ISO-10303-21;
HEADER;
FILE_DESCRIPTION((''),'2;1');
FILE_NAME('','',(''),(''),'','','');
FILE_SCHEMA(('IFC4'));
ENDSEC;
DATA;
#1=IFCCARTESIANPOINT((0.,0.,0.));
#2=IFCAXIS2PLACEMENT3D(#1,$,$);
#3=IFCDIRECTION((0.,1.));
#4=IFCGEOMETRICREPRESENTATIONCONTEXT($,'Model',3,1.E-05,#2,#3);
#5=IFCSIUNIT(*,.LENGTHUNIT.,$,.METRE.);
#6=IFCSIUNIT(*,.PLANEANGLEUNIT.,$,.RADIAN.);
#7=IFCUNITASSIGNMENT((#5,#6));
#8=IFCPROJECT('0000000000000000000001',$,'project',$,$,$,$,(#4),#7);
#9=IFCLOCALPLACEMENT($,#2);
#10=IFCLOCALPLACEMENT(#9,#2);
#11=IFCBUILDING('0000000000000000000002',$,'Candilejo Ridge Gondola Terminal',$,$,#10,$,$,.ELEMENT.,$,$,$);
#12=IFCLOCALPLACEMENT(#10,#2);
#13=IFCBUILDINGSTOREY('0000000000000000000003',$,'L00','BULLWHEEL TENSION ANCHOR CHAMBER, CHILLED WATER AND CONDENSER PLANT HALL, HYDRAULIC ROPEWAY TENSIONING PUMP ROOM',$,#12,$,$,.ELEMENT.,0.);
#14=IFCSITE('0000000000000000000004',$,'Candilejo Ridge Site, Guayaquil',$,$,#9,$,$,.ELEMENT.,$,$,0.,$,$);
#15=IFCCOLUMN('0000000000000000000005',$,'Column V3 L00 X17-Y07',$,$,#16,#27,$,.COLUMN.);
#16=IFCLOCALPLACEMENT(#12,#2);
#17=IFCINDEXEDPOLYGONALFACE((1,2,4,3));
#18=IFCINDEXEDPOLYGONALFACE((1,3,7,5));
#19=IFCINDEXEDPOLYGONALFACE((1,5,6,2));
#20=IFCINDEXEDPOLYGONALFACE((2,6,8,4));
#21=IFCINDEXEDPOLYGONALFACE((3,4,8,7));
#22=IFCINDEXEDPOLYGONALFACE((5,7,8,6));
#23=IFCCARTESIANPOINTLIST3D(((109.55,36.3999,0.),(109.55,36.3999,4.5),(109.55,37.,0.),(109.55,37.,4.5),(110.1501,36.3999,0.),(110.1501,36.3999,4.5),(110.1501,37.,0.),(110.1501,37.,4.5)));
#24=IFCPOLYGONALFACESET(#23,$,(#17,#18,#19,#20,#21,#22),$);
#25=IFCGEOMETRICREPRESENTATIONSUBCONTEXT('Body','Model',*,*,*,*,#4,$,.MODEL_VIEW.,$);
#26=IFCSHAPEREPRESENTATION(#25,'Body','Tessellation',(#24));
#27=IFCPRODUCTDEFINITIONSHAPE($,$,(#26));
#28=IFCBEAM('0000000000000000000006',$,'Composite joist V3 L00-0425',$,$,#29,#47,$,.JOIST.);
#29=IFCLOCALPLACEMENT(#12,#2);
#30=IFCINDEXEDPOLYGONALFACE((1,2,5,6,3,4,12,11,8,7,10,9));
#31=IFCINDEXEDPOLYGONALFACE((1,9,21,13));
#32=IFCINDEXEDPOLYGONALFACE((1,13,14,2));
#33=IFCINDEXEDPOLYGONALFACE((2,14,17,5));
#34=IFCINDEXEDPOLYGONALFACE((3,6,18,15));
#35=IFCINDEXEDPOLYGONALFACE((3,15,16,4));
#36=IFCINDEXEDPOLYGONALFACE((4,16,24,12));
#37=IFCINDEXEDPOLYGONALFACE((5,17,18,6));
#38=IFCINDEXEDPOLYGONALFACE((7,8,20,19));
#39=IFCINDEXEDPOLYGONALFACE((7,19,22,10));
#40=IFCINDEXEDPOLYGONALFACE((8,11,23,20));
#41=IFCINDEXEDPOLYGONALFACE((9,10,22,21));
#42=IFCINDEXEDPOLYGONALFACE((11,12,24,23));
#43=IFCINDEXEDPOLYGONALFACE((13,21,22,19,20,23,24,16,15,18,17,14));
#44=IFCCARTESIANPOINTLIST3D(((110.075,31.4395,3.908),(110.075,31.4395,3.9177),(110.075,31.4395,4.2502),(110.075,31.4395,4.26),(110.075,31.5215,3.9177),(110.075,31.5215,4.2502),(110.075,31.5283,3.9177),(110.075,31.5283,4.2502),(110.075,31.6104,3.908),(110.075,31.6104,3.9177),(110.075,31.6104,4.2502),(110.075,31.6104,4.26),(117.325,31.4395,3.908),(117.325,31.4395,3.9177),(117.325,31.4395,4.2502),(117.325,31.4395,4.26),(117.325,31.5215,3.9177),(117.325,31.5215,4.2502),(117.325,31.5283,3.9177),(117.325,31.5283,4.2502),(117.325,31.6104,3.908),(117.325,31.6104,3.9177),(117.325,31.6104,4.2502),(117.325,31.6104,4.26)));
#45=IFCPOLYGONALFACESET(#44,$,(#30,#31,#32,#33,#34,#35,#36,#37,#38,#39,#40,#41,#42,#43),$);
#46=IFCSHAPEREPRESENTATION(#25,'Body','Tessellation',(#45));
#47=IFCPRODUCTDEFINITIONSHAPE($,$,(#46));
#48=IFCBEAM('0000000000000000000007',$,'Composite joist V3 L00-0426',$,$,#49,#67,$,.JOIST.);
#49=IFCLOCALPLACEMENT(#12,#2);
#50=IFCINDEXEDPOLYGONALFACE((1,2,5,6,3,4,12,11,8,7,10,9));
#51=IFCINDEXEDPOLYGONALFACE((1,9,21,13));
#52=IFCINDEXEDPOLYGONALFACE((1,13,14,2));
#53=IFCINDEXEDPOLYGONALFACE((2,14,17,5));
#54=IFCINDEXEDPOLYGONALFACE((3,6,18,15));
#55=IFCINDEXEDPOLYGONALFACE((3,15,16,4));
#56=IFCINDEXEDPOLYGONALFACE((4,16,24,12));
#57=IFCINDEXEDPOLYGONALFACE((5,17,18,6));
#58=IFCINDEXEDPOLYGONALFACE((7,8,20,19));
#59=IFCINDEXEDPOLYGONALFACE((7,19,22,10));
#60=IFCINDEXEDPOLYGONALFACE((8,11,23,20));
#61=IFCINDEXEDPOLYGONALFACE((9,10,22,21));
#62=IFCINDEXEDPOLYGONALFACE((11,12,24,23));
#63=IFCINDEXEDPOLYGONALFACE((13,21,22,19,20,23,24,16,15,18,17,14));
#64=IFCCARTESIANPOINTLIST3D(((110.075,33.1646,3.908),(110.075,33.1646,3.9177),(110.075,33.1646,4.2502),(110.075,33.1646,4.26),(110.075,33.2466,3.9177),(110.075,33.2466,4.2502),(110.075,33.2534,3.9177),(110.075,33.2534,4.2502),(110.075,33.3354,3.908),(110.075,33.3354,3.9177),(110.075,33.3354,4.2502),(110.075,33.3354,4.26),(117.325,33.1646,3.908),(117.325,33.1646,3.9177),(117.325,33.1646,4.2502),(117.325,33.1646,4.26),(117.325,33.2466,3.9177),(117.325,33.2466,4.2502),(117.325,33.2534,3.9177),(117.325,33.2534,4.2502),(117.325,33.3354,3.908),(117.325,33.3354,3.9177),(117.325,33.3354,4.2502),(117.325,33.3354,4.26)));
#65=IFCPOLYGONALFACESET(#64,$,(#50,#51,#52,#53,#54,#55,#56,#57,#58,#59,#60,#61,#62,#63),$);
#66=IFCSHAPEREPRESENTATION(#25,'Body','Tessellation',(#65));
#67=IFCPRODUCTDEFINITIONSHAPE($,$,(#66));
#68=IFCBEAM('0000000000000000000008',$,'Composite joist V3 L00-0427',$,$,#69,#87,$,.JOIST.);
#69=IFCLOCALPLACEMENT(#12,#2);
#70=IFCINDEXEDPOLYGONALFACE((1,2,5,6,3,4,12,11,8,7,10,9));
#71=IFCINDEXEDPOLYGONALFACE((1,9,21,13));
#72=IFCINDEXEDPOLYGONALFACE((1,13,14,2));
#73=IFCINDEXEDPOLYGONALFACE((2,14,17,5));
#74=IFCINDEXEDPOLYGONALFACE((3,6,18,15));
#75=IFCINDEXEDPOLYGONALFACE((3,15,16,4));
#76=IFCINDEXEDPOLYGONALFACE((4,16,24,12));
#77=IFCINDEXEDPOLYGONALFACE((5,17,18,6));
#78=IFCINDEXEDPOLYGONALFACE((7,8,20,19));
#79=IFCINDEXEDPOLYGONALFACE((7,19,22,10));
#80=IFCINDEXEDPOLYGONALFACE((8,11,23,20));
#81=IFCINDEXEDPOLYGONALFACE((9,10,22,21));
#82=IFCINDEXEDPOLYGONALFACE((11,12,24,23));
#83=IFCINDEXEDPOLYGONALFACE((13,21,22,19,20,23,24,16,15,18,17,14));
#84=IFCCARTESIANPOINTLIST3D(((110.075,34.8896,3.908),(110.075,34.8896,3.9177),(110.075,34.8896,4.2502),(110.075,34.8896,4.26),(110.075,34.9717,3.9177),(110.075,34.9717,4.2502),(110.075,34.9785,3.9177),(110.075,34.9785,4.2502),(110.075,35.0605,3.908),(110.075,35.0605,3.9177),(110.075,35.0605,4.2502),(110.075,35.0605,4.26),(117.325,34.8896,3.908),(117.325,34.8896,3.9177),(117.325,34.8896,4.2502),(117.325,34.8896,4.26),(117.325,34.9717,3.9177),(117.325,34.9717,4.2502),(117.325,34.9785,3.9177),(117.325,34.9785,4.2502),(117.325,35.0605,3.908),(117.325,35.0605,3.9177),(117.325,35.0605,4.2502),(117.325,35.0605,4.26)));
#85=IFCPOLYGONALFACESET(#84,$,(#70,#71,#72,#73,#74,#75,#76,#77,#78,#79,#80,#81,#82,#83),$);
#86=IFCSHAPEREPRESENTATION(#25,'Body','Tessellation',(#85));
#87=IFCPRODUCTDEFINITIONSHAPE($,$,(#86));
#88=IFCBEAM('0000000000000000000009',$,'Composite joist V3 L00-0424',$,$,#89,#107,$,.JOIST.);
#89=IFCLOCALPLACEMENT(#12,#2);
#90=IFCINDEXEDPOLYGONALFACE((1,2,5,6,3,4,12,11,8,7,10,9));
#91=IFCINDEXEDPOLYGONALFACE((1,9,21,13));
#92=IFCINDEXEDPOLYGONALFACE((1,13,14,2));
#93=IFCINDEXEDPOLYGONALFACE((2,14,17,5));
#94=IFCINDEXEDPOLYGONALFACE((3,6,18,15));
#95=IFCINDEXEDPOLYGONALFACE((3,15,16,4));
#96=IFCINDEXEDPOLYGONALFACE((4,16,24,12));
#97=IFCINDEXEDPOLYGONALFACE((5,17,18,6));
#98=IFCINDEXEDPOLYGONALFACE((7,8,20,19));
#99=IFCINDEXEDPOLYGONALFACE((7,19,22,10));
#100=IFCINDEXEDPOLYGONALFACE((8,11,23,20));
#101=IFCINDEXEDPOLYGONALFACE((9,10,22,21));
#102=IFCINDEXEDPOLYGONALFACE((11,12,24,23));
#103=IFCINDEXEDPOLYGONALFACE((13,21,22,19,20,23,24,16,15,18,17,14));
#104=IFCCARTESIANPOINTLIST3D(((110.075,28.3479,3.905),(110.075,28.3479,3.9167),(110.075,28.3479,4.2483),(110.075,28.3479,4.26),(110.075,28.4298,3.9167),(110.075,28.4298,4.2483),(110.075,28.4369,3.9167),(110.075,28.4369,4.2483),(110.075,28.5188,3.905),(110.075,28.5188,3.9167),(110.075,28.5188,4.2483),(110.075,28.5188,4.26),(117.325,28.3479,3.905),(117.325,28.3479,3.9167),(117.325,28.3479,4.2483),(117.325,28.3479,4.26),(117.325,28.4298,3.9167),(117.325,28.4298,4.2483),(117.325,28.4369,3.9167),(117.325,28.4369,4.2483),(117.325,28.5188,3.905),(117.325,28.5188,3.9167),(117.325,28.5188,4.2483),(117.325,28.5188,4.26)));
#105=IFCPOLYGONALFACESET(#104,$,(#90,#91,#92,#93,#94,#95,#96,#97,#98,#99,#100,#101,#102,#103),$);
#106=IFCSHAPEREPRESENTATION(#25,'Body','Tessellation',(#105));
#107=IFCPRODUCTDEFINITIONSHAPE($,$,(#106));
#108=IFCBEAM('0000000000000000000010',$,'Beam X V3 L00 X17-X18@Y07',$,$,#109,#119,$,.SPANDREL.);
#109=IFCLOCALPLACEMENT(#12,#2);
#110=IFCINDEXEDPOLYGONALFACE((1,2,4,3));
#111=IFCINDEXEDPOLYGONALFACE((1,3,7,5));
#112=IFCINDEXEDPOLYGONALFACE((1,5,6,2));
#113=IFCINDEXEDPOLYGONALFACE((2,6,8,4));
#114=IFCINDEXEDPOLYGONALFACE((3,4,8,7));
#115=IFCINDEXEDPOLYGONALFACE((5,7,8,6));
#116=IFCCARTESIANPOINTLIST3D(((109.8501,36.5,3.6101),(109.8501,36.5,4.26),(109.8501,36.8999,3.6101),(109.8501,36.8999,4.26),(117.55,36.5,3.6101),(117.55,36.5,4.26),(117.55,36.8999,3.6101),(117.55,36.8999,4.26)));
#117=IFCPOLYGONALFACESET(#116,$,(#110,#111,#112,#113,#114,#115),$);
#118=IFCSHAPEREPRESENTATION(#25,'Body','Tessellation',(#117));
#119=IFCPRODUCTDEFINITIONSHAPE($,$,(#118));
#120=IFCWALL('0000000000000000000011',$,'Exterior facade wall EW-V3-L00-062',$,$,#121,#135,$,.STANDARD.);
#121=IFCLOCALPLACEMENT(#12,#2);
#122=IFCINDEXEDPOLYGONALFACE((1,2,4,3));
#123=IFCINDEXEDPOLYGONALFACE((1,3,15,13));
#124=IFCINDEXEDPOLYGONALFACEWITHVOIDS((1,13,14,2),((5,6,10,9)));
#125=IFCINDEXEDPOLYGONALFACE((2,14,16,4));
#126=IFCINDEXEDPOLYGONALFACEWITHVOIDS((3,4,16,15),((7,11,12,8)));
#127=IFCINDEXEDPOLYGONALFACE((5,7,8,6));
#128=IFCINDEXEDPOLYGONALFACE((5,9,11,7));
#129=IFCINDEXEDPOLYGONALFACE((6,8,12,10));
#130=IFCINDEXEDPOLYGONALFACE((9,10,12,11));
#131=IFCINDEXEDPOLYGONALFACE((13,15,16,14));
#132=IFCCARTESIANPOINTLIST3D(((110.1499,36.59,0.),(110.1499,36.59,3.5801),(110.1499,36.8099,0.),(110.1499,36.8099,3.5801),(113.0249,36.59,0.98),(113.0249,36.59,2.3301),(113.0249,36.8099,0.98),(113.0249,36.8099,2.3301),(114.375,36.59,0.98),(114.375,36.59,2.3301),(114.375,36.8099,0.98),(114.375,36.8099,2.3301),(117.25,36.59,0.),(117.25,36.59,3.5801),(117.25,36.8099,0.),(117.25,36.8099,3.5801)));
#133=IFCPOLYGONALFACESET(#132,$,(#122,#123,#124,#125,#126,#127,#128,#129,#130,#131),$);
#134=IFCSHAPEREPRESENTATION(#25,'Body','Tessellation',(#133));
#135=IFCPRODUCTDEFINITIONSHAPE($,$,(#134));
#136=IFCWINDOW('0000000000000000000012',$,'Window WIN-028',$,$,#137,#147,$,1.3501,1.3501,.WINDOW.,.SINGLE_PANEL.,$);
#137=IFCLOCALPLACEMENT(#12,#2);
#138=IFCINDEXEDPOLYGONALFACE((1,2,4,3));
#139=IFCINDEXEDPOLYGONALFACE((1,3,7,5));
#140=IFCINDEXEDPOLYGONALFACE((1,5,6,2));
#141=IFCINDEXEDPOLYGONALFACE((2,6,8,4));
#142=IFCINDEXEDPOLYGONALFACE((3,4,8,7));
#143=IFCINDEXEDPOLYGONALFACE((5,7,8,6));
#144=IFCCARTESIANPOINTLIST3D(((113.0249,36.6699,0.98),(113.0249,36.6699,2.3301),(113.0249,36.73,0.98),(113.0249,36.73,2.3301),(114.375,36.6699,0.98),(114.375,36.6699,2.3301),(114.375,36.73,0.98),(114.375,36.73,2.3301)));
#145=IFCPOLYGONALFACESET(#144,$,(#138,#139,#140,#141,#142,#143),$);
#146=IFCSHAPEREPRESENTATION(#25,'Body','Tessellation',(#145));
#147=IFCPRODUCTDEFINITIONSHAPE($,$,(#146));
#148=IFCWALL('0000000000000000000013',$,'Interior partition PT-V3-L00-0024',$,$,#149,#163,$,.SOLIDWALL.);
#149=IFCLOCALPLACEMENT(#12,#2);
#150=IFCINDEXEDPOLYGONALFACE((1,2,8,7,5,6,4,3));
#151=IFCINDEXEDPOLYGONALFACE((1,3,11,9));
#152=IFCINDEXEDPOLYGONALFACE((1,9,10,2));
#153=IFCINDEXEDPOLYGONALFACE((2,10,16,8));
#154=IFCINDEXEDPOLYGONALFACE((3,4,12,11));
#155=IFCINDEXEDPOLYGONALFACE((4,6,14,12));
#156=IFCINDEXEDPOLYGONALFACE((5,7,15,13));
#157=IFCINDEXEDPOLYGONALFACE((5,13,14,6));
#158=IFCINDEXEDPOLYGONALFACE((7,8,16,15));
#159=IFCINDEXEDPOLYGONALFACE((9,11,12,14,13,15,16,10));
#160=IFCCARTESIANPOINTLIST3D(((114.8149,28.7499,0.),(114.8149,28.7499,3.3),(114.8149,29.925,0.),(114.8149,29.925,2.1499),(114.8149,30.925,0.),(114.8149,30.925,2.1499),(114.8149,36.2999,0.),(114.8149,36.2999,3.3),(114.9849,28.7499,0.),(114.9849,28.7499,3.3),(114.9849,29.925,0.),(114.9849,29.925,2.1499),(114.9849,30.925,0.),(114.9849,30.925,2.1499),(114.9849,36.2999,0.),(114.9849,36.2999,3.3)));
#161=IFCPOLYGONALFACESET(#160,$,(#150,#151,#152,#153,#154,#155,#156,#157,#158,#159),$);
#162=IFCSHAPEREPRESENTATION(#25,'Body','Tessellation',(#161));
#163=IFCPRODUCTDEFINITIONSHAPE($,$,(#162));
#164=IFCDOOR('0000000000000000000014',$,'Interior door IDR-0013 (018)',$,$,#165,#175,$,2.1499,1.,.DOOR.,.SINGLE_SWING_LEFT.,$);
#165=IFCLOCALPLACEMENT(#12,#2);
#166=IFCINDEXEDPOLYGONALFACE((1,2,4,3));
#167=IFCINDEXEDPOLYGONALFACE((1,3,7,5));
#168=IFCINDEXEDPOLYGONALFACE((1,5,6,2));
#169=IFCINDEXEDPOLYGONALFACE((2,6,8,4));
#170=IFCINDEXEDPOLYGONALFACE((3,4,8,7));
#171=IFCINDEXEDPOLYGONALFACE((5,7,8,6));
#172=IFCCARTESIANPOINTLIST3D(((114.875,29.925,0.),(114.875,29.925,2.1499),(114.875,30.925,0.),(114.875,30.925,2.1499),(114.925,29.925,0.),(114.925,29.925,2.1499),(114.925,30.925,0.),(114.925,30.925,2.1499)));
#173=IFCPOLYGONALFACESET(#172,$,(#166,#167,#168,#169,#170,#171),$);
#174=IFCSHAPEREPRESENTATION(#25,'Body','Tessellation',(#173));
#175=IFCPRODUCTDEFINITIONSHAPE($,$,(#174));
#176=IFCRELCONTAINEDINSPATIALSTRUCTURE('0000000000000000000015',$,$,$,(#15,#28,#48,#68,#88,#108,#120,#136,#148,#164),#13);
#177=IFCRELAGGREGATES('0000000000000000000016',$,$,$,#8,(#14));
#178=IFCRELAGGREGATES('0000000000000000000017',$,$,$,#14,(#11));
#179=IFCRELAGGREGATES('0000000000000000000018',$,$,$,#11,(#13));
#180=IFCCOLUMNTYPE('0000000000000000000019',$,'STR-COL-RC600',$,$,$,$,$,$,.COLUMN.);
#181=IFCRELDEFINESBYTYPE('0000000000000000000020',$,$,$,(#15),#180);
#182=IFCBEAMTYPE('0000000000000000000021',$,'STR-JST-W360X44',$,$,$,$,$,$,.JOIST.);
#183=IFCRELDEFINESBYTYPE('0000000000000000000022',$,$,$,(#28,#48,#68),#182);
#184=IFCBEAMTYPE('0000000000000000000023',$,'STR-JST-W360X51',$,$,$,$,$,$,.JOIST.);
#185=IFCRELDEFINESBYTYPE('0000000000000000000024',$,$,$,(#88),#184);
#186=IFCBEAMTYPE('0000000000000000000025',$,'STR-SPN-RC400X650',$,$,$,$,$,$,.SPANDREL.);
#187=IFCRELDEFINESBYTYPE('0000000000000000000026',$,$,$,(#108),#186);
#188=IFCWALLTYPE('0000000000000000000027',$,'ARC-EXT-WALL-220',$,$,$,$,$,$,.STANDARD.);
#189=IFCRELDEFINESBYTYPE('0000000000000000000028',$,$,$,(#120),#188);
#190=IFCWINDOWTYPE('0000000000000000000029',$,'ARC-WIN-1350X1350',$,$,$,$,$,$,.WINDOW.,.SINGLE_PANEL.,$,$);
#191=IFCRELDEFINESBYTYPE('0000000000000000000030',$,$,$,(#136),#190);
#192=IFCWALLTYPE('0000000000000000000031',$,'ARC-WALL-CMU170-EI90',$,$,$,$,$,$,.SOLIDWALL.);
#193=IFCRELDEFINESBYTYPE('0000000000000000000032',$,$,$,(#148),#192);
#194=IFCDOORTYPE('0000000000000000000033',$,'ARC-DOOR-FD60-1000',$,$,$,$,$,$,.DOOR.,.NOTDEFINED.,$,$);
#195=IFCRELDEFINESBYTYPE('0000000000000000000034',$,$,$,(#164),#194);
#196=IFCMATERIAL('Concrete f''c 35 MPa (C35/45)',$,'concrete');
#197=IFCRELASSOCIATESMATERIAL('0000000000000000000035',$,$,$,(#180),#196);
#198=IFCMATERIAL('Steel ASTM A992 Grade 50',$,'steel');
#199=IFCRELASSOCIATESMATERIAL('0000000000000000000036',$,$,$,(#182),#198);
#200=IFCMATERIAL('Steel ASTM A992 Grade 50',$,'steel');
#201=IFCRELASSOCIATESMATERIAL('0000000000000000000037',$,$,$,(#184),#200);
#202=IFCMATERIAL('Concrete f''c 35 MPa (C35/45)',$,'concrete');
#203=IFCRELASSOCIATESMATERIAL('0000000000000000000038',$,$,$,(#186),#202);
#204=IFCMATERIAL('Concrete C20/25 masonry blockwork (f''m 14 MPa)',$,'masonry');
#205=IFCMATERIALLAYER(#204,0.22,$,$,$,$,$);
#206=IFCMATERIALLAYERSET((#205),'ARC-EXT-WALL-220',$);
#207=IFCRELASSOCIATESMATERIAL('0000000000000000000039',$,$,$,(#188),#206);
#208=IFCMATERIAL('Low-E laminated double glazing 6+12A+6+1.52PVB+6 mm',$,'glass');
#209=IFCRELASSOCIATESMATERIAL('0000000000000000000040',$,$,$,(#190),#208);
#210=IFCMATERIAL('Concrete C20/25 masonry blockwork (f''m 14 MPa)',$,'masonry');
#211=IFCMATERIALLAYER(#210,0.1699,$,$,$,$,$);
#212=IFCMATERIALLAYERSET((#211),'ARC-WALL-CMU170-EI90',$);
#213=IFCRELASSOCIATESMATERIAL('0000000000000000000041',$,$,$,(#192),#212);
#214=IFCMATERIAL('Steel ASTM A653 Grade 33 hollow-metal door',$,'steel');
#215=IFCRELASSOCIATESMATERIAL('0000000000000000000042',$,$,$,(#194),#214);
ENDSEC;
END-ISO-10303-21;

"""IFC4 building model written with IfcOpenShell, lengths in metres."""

from ifc_helpers import new_model, si_unit, direction, frame, frame_2d, origin, origin_2d, place, context, subcontext, project, spatial, rectangle, i_section, extrude, material, layer, layer_set, material_profile, profile_set, type_object, element, fill, save


model = new_model("IFC4")

# Units and contexts
model_context = context("Model", 3, precision=1e-05, world=origin(), true_north=direction((0.0, 1.0)))
body_context = subcontext(model_context, "Body", "Model", "MODEL_VIEW")
ifc_project = project(units=[si_unit("LENGTHUNIT", "METRE"), si_unit("PLANEANGLEUNIT", "RADIAN")], contexts=[model_context])

# Site, building, storey
site_placement = place(None, origin())
site = spatial("IfcSite", under=ifc_project, at=site_placement, Name="Candilejo Ridge Site, Guayaquil", CompositionType="ELEMENT", RefElevation=0.0)
building_placement = place(site_placement, origin())
building = spatial("IfcBuilding", under=site, at=building_placement, Name="Candilejo Ridge Gondola Terminal", CompositionType="ELEMENT")
storey_placement = place(building_placement, origin())
storey = spatial("IfcBuildingStorey", under=building, at=storey_placement, Name="L00", Description="BULLWHEEL TENSION ANCHOR CHAMBER, CHILLED WATER AND CONDENSER PLANT HALL, HYDRAULIC ROPEWAY TENSIONING PUMP ROOM", CompositionType="ELEMENT", Elevation=0.0)

# Column
ifc_material_1 = material(Name="Concrete f'c 35 MPa (C35/45)", Category="concrete")
ifc_material_profile_1 = material_profile(ifc_material_1, rectangle(XDim=0.6001, YDim=0.6001, at=origin_2d()))
ifc_profile_set_1 = profile_set([ifc_material_profile_1], Name="Concrete f'c 35 MPa (C35/45)")
column_type = type_object("IfcColumnType", Name="STR-COL-RC600", PredefinedType="COLUMN", material=ifc_profile_set_1)
column_placement = place(storey_placement, frame((109.8501, 36.7, 0.0), z_axis=(0.0, 0.0, 1.0), x_axis=(1.0, 0.0, 0.0)))
element("IfcColumn", 1, at=column_placement, inside=storey, type_object=column_type, Name="Column V3 L00 X17-Y07", PredefinedType="COLUMN", context=body_context, shape_type="SweptSolid", body=[
    extrude(rectangle(XDim=0.6001, YDim=0.6001, at=origin_2d()), origin(), (0.0, 0.0, 1.0), 4.5),
])

# Beams
ifc_material_2 = material(Name="Steel ASTM A992 Grade 50", Category="steel")
ifc_material_profile_2 = material_profile(ifc_material_2, i_section(OverallWidth=0.1709, OverallDepth=0.3521, WebThickness=0.0068, FlangeThickness=0.0098, at=origin_2d()))
ifc_profile_set_2 = profile_set([ifc_material_profile_2], Name="Steel ASTM A992 Grade 50")
beam_type_1 = type_object("IfcBeamType", Name="STR-JST-W360X44", PredefinedType="JOIST", material=ifc_profile_set_2)
for number, where, z_axis, x_axis, name in (
    (2, (110.075, 31.5249, 4.084), (1.0, 0.0, 0.0), (0.0, 1.0, 0.0), "Composite joist V3 L00-0425"),
    (3, (110.075, 33.25, 4.084), (1.0, 0.0, 0.0), (0.0, 1.0, 0.0), "Composite joist V3 L00-0426"),
    (4, (110.075, 34.9751, 4.084), (1.0, 0.0, 0.0), (0.0, 1.0, 0.0), "Composite joist V3 L00-0427"),
):
    element("IfcBeam", number, at=place(storey_placement, frame(where, z_axis=z_axis, x_axis=x_axis)), inside=storey, type_object=beam_type_1, Name=name, PredefinedType="JOIST", context=body_context, shape_type="SweptSolid", body=[
        extrude(i_section(OverallWidth=0.1709, OverallDepth=0.3521, WebThickness=0.0068, FlangeThickness=0.0098, at=origin_2d()), origin(), (0.0, 0.0, 1.0), 7.25),
    ])
ifc_material_3 = material(Name="Steel ASTM A992 Grade 50", Category="steel")
ifc_material_profile_3 = material_profile(ifc_material_3, i_section(OverallWidth=0.1709, OverallDepth=0.355, WebThickness=0.0071, FlangeThickness=0.0117, at=origin_2d()))
ifc_profile_set_3 = profile_set([ifc_material_profile_3], Name="Steel ASTM A992 Grade 50")
beam_type_2 = type_object("IfcBeamType", Name="STR-JST-W360X51", PredefinedType="JOIST", material=ifc_profile_set_3)
beam_1_placement = place(storey_placement, frame((110.075, 28.4333, 4.0825), z_axis=(1.0, 0.0, 0.0), x_axis=(0.0, 1.0, 0.0)))
element("IfcBeam", 5, at=beam_1_placement, inside=storey, type_object=beam_type_2, Name="Composite joist V3 L00-0424", PredefinedType="JOIST", context=body_context, shape_type="SweptSolid", body=[
    extrude(i_section(OverallWidth=0.1709, OverallDepth=0.355, WebThickness=0.0071, FlangeThickness=0.0117, at=origin_2d()), origin(), (0.0, 0.0, 1.0), 7.25),
])
ifc_material_4 = material(Name="Concrete f'c 35 MPa (C35/45)", Category="concrete")
ifc_material_profile_4 = material_profile(ifc_material_4, rectangle(XDim=0.3999, YDim=0.6499, at=origin_2d()))
ifc_profile_set_4 = profile_set([ifc_material_profile_4], Name="Concrete f'c 35 MPa (C35/45)")
beam_type_3 = type_object("IfcBeamType", Name="STR-SPN-RC400X650", PredefinedType="SPANDREL", material=ifc_profile_set_4)
beam_2_placement = place(storey_placement, frame((109.8501, 36.7, 3.9351), z_axis=(1.0, 0.0, 0.0), x_axis=(0.0, 1.0, 0.0)))
element("IfcBeam", 6, at=beam_2_placement, inside=storey, type_object=beam_type_3, Name="Beam X V3 L00 X17-X18@Y07", PredefinedType="SPANDREL", context=body_context, shape_type="SweptSolid", body=[
    extrude(rectangle(XDim=0.3999, YDim=0.6499, at=origin_2d()), origin(), (0.0, 0.0, 1.0), 7.7),
])

# Wall, opening, window
ifc_material_5 = material(Name="Concrete C20/25 masonry blockwork (f'm 14 MPa)", Category="masonry")
ifc_layer_1 = layer(ifc_material_5, 0.22)
ifc_layer_set_1 = layer_set([ifc_layer_1], Name="ARC-EXT-WALL-220")
wall_type_1 = type_object("IfcWallType", Name="ARC-EXT-WALL-220", PredefinedType="STANDARD", material=ifc_layer_set_1)
wall_1_placement = place(storey_placement, frame((110.1499, 36.7, 0.0), z_axis=(0.0, 0.0, 1.0), x_axis=(1.0, 0.0, 0.0)))
wall_1 = element("IfcWall", 7, at=wall_1_placement, inside=storey, type_object=wall_type_1, Name="Exterior facade wall EW-V3-L00-062", PredefinedType="STANDARD", context=body_context, shape_type="SweptSolid", body=[
    extrude(rectangle(XDim=7.1001, YDim=0.22, at=frame_2d((3.55, 0.0))), origin(), (0.0, 0.0, 1.0), 3.5801),
])
opening_1_placement = place(wall_1_placement, frame((2.875, 0.0, 0.98)))
opening_1 = element("IfcOpeningElement", 8, at=opening_1_placement, cuts=wall_1, PredefinedType="OPENING", context=body_context, shape_type="SweptSolid", body=[
    extrude(rectangle(XDim=1.3501, YDim=1.3501, at=frame_2d((0.675, 0.675))), frame((0.0, 0.1199, 0.0), z_axis=(0.0, -1.0, 0.0), x_axis=(1.0, 0.0, 0.0)), (0.0, 0.0, 1.0), 0.24),
])
ifc_material_6 = material(Name="Low-E laminated double glazing 6+12A+6+1.52PVB+6 mm", Category="glass")
window_type = type_object("IfcWindowType", Name="ARC-WIN-1350X1350", PartitioningType="SINGLE_PANEL", PredefinedType="WINDOW", material=ifc_material_6)
window_placement = place(opening_1_placement, origin())
window = element("IfcWindow", 9, at=window_placement, inside=storey, type_object=window_type, Name="Window WIN-028", OverallHeight=1.3501, OverallWidth=1.3501, PartitioningType="SINGLE_PANEL", PredefinedType="WINDOW", context=body_context, shape_type="SweptSolid", body=[
    extrude(rectangle(XDim=1.3501, YDim=1.3501, at=frame_2d((0.675, 0.675))), frame((0.0, 0.03, 0.0), z_axis=(0.0, -1.0, 0.0), x_axis=(1.0, 0.0, 0.0)), (0.0, 0.0, 1.0), 0.0601),
])
fill(opening_1, window)

# Wall, opening, door
ifc_material_7 = material(Name="Concrete C20/25 masonry blockwork (f'm 14 MPa)", Category="masonry")
ifc_layer_2 = layer(ifc_material_7, 0.1699)
ifc_layer_set_2 = layer_set([ifc_layer_2], Name="ARC-WALL-CMU170-EI90")
wall_type_2 = type_object("IfcWallType", Name="ARC-WALL-CMU170-EI90", PredefinedType="SOLIDWALL", material=ifc_layer_set_2)
wall_2_placement = place(storey_placement, frame((114.8999, 28.75, 0.0), z_axis=(0.0, 0.0, 1.0), x_axis=(0.0, 1.0, 0.0)))
wall_2 = element("IfcWall", 10, at=wall_2_placement, inside=storey, type_object=wall_type_2, Name="Interior partition PT-V3-L00-0024", PredefinedType="SOLIDWALL", context=body_context, shape_type="SweptSolid", body=[
    extrude(rectangle(XDim=7.55, YDim=0.1699, at=frame_2d((3.7749, 0.0))), origin(), (0.0, 0.0, 1.0), 3.3),
])
opening_2_placement = place(wall_2_placement, frame((1.175, 0.0, 0.0)))
opening_2 = element("IfcOpeningElement", 11, at=opening_2_placement, cuts=wall_2, PredefinedType="OPENING", context=body_context, shape_type="SweptSolid", body=[
    extrude(rectangle(XDim=1.0, YDim=2.1499, at=frame_2d((0.5, 1.075))), frame((0.0, 0.095, 0.0), z_axis=(0.0, -1.0, 0.0), x_axis=(1.0, 0.0, 0.0)), (0.0, 0.0, 1.0), 0.1899),
])
ifc_material_8 = material(Name="Steel ASTM A653 Grade 33 hollow-metal door", Category="steel")
door_type = type_object("IfcDoorType", Name="ARC-DOOR-FD60-1000", OperationType="NOTDEFINED", PredefinedType="DOOR", material=ifc_material_8)
door_1_placement = place(opening_2_placement, origin())
door_1 = element("IfcDoor", 12, at=door_1_placement, inside=storey, type_object=door_type, Name="Interior door IDR-0013 (018)", OperationType="SINGLE_SWING_LEFT", OverallHeight=2.1499, OverallWidth=1.0, PredefinedType="DOOR", context=body_context, shape_type="SweptSolid", body=[
    extrude(rectangle(XDim=1.0, YDim=2.1499, at=frame_2d((0.5, 1.075))), frame((0.0, 0.0249, 0.0), z_axis=(0.0, -1.0, 0.0), x_axis=(1.0, 0.0, 0.0)), (0.0, 0.0, 1.0), 0.05),
])
fill(opening_2, door_1)

save(model, "model.ifc")
